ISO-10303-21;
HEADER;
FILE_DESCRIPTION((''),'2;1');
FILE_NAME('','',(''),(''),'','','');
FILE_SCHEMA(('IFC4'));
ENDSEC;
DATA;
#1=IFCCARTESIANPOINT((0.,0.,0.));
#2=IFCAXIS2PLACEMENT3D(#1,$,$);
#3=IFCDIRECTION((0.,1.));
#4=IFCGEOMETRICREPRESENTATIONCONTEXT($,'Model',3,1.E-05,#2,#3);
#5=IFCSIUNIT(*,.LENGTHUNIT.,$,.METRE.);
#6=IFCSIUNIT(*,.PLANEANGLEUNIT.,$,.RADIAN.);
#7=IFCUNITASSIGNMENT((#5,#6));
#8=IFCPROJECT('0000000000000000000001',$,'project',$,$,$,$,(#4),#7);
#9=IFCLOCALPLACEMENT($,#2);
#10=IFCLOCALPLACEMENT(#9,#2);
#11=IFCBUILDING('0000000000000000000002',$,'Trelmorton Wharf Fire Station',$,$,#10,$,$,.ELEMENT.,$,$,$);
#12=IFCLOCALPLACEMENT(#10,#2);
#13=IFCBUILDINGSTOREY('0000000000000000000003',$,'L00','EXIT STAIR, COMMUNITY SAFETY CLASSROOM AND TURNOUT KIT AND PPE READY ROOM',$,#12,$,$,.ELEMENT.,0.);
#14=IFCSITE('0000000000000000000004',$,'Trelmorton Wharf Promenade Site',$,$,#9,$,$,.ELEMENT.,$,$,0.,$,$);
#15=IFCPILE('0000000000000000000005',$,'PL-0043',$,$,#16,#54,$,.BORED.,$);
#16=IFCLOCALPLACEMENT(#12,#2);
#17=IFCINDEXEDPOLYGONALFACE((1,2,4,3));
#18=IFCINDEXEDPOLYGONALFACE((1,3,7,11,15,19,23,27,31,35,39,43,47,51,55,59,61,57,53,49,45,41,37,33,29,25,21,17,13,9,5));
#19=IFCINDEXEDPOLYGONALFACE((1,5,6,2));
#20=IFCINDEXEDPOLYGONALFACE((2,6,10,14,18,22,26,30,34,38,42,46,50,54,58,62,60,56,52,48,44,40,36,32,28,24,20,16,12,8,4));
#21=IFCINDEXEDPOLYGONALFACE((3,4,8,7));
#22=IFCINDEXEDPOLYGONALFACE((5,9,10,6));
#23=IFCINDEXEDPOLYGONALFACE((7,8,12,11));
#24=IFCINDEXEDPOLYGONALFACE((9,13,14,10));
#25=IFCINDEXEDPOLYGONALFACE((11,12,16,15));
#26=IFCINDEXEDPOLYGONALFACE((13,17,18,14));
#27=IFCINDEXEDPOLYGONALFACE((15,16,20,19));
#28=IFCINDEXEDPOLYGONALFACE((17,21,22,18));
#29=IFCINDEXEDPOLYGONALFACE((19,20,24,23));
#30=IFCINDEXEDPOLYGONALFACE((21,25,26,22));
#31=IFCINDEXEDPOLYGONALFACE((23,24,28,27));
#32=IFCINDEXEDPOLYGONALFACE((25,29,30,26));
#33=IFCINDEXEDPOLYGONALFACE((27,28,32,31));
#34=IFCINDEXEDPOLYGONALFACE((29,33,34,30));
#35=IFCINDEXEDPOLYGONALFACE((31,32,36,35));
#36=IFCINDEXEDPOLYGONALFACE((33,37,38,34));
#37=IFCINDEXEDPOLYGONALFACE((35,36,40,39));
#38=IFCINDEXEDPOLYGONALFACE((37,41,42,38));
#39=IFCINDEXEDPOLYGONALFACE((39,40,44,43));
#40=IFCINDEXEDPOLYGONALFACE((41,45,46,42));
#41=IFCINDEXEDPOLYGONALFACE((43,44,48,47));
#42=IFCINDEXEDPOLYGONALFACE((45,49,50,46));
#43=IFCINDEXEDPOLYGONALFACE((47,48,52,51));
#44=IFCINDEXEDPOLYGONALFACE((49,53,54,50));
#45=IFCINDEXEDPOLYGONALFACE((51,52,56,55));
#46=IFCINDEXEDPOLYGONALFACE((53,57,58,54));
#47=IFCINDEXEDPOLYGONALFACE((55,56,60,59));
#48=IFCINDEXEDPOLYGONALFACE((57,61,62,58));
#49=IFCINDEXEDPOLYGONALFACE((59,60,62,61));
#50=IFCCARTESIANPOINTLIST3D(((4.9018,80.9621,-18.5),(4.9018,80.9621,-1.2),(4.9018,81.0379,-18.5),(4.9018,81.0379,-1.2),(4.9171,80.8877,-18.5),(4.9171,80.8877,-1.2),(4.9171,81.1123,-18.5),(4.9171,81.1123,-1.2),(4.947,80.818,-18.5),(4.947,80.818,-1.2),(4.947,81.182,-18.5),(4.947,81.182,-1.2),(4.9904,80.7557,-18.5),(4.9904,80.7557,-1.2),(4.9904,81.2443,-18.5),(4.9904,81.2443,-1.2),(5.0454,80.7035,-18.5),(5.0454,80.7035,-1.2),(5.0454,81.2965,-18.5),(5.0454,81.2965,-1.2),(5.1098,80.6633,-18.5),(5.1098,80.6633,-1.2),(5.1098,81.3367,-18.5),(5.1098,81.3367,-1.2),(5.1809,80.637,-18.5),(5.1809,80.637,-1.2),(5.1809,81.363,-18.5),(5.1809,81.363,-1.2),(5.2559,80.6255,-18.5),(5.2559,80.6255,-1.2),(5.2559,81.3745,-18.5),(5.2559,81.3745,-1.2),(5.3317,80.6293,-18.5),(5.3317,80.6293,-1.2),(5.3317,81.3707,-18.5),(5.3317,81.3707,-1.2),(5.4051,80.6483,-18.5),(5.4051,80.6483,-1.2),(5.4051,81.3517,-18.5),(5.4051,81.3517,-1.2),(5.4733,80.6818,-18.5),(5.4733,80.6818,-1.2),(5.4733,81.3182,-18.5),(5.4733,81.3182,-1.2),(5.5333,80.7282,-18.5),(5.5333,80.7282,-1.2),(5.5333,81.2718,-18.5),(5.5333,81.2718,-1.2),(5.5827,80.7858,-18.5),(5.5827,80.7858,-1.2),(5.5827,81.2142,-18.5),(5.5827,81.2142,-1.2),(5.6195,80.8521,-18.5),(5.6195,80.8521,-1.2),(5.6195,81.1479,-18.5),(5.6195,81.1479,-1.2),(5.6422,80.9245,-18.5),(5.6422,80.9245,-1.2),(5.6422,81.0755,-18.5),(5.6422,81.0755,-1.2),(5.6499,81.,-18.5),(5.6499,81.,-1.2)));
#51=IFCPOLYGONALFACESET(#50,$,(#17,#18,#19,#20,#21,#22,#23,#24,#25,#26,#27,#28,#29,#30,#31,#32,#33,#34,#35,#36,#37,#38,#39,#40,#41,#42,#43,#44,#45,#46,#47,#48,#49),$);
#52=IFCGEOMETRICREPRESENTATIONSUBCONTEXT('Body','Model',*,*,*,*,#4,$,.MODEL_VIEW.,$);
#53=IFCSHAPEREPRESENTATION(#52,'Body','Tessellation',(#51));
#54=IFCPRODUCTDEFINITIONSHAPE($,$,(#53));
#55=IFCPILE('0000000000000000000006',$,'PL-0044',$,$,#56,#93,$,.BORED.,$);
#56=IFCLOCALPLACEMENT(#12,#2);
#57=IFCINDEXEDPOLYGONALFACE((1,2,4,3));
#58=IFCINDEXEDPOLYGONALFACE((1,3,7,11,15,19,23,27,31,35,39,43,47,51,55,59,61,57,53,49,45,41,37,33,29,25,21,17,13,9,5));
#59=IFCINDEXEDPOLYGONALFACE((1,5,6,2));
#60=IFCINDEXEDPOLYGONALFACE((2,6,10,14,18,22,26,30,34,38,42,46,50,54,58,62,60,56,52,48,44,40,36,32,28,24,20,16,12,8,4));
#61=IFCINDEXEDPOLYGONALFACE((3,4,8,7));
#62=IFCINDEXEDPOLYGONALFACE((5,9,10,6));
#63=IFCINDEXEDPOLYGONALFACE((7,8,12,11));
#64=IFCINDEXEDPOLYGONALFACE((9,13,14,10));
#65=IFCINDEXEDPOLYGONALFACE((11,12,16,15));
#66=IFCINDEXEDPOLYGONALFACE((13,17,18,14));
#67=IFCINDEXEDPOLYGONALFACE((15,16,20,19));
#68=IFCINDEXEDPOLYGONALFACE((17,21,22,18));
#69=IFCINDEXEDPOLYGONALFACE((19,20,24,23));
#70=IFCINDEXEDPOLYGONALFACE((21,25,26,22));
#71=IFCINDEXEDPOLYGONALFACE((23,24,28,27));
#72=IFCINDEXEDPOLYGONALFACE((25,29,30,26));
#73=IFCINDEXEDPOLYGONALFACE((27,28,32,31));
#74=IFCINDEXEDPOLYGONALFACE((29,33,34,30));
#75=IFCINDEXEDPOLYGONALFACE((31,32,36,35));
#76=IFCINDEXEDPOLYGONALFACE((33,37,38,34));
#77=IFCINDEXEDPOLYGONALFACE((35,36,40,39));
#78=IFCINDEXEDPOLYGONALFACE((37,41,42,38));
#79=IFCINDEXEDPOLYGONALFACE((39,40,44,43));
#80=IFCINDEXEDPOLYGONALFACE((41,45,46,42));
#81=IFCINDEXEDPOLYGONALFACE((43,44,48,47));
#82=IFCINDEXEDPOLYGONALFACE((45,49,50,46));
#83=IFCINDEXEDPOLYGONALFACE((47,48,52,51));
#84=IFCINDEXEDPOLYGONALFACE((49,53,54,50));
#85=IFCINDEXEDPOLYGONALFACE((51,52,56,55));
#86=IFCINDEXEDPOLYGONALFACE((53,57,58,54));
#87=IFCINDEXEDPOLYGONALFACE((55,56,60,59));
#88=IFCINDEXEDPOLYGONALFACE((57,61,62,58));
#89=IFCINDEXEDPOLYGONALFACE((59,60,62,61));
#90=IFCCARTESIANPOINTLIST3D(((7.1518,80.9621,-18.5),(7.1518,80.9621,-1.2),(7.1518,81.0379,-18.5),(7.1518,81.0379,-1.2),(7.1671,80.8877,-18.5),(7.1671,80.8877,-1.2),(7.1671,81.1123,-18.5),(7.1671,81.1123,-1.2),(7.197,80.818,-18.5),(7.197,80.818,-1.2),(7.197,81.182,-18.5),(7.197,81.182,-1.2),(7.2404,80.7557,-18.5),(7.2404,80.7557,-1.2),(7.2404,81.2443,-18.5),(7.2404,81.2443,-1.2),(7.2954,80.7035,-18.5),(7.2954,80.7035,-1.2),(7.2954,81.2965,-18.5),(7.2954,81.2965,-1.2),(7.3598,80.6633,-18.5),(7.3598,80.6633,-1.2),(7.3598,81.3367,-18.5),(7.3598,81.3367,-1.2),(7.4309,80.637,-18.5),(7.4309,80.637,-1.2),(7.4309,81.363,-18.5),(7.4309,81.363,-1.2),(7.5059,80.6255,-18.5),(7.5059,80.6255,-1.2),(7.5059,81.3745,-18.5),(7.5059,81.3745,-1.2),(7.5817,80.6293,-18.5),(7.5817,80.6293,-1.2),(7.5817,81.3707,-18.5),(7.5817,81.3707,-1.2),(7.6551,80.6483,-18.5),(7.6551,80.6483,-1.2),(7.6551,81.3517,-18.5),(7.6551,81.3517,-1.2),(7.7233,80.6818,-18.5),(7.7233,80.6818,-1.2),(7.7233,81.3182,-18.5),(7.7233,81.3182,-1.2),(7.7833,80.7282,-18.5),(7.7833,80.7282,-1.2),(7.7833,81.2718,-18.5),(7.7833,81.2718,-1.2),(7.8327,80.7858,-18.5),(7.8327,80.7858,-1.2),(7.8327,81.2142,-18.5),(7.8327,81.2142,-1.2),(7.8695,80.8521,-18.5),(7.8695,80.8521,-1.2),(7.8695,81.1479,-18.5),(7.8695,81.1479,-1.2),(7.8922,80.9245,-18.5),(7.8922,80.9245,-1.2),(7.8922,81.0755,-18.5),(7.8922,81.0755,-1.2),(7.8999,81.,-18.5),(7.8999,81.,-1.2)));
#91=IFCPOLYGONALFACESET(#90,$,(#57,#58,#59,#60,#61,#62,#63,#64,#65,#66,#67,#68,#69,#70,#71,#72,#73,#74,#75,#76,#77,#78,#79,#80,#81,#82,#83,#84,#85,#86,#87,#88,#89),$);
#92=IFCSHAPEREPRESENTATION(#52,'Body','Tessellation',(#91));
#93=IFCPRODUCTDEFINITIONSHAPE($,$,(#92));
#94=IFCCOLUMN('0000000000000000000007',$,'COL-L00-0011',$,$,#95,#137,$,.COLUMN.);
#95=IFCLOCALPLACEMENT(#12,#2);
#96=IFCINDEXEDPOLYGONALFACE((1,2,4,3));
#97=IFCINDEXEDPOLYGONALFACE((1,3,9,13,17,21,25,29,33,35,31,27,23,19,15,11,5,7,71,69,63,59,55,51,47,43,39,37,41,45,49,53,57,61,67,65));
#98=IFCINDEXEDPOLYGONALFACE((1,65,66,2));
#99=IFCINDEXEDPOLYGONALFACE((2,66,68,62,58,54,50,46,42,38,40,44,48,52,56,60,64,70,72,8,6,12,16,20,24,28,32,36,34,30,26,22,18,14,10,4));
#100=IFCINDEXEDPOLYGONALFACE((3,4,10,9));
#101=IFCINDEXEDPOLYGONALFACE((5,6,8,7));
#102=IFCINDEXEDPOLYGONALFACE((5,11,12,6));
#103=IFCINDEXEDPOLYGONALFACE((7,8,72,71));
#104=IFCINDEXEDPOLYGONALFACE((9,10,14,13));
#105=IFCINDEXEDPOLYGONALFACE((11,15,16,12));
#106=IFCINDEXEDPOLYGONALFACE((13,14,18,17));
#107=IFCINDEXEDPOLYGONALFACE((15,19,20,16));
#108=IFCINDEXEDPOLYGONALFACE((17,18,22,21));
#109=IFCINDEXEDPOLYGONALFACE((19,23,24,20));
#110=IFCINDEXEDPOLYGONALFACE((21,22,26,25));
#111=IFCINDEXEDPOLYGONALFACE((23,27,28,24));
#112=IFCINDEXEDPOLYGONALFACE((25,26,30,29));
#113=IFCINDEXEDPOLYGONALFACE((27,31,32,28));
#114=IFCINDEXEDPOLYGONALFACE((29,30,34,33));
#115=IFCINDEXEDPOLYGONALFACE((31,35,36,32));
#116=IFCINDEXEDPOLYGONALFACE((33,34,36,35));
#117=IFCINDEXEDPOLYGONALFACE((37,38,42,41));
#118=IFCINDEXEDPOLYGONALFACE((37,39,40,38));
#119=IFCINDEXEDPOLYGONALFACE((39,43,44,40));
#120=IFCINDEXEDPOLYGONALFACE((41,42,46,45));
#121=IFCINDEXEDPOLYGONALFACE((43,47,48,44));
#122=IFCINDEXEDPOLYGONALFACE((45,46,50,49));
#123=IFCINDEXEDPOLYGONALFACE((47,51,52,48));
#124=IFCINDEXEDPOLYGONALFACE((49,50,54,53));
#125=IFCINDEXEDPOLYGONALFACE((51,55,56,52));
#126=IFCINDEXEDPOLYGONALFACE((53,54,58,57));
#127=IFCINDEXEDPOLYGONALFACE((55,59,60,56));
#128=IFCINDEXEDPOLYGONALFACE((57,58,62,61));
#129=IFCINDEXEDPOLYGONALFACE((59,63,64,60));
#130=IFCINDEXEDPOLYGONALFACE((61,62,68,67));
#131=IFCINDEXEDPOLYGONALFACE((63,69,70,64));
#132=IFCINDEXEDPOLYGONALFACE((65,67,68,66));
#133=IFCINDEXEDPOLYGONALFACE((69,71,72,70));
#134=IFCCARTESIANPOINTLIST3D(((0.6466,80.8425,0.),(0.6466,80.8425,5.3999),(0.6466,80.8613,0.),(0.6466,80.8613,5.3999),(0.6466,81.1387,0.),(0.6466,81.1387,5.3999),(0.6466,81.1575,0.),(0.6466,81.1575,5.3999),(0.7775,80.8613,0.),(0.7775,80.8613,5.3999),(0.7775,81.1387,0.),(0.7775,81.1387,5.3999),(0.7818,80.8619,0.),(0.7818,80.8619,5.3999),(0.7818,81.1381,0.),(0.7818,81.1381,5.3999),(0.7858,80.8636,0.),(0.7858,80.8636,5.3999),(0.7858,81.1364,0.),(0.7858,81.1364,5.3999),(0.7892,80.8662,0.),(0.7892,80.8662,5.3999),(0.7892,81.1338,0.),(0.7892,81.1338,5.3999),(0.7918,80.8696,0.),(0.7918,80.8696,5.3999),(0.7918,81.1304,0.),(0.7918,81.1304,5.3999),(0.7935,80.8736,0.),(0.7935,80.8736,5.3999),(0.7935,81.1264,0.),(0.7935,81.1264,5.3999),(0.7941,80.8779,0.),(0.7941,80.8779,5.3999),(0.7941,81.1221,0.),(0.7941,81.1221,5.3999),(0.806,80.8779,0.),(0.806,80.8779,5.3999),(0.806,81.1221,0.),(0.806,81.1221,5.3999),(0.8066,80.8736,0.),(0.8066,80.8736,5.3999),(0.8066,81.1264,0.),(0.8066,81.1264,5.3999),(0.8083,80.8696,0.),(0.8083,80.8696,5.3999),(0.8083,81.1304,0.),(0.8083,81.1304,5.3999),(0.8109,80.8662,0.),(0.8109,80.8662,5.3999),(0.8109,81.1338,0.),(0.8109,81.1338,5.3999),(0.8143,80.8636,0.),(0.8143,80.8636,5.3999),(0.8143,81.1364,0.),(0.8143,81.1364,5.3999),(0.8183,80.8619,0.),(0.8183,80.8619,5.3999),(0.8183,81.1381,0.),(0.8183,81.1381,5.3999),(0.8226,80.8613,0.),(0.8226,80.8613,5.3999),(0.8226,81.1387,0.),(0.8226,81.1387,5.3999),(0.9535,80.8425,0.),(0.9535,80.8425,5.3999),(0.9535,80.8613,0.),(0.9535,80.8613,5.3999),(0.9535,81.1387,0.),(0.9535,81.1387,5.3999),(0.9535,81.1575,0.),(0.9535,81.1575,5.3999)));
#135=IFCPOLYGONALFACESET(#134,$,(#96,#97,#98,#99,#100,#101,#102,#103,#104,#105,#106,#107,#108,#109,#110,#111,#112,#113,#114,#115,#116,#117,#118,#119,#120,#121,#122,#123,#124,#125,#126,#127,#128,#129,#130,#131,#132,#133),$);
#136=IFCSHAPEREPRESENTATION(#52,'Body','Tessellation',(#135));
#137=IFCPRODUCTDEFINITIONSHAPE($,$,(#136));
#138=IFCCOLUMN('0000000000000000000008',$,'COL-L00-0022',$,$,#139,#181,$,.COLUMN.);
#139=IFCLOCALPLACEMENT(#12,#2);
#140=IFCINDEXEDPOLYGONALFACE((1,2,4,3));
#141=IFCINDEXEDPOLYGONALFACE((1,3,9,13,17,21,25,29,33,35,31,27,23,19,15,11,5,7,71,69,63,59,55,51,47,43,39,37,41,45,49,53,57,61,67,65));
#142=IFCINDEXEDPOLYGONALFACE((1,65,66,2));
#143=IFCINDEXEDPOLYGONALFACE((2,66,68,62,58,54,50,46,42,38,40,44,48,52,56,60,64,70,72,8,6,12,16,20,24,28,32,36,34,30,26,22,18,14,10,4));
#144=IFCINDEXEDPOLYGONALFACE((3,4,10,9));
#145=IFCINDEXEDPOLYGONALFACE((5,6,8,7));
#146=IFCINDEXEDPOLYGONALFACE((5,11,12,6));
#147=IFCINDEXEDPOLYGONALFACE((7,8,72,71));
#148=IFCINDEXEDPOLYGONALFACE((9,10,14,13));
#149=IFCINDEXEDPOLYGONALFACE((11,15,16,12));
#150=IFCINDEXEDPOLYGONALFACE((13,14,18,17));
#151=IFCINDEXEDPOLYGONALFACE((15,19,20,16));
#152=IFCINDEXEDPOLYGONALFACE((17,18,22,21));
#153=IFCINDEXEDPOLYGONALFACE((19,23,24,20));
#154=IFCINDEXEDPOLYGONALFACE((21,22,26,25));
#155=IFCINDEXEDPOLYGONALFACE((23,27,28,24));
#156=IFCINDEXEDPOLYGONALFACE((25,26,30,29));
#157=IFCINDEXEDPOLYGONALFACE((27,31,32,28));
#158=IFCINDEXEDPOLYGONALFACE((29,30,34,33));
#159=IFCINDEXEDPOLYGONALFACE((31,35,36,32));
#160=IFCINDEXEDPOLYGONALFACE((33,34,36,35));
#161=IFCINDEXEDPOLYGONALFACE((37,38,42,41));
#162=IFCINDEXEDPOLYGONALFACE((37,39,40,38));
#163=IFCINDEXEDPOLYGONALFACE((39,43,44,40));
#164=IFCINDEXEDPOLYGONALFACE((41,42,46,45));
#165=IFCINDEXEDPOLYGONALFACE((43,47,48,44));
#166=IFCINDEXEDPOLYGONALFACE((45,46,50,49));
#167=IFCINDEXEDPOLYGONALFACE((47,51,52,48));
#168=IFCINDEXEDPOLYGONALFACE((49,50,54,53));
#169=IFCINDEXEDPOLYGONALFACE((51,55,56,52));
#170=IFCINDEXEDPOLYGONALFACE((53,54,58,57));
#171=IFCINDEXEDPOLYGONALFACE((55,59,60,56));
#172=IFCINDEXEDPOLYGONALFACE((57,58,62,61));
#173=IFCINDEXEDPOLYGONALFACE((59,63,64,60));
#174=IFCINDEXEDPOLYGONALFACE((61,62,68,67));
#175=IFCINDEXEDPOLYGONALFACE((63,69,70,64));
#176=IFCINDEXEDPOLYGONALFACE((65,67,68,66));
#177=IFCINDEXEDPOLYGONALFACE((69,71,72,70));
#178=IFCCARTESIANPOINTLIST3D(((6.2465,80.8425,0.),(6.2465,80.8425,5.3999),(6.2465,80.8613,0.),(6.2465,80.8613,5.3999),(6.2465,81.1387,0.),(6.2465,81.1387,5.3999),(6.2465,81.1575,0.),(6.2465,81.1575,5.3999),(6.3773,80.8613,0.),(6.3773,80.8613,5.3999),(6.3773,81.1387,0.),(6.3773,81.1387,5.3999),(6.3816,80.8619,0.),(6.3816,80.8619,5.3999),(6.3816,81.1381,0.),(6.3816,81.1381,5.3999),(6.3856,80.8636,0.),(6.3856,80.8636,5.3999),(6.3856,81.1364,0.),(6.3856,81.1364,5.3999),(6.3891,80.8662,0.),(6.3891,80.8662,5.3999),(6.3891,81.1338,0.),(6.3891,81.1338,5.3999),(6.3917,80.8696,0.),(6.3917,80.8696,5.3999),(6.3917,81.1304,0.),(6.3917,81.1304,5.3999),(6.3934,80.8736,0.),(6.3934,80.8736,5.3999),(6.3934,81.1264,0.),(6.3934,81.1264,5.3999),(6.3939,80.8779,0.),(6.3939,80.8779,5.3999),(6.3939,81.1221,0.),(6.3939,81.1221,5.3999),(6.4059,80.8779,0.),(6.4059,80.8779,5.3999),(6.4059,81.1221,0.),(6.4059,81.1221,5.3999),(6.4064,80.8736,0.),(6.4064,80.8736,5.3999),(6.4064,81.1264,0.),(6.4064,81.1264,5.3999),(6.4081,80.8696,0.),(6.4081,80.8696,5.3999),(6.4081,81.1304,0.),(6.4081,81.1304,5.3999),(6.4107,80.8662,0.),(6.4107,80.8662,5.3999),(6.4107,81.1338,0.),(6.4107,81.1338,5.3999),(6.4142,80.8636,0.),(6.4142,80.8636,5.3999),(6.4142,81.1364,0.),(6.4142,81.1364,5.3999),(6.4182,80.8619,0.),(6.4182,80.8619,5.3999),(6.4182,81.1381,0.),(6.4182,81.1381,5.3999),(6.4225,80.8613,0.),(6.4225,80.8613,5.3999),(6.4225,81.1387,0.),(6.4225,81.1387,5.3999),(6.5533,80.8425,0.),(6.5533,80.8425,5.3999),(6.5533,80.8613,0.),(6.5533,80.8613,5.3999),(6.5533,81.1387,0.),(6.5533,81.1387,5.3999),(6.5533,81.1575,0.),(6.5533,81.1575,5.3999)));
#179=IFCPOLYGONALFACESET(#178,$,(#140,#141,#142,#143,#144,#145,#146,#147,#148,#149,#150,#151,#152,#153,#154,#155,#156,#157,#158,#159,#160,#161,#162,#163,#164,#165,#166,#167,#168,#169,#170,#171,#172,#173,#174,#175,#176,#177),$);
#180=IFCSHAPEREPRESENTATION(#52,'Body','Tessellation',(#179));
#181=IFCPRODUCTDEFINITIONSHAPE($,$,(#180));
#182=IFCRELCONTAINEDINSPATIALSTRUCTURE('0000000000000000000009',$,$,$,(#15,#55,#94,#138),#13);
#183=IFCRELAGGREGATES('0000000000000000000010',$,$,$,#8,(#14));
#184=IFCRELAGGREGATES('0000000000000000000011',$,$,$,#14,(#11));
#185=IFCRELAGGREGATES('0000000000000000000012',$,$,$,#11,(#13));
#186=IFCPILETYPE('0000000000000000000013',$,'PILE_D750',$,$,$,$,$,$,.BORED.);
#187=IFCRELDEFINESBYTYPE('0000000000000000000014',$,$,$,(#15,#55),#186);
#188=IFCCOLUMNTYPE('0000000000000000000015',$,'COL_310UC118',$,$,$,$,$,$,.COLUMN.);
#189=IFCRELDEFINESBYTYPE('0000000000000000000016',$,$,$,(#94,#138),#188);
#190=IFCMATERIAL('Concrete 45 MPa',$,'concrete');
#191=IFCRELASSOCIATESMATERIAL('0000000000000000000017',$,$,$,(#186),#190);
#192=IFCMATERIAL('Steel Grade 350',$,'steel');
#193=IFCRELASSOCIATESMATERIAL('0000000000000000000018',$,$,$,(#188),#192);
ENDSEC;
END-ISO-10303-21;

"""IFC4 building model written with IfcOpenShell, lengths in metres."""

from ifc_helpers import new_model, si_unit, direction, frame, origin, origin_2d, place, context, subcontext, project, spatial, circle, i_section, extrude, material, material_profile, profile_set, type_object, element, save


model = new_model("IFC4")

# Units and contexts
model_context = context("Model", 3, precision=1e-05, world=origin(), true_north=direction((0.0, 1.0)))
body_context = subcontext(model_context, "Body", "Model", "MODEL_VIEW")
ifc_project = project(units=[si_unit("LENGTHUNIT", "METRE"), si_unit("PLANEANGLEUNIT", "RADIAN")], contexts=[model_context])

# Site, building, storey
site_placement = place(None, origin())
site = spatial("IfcSite", under=ifc_project, at=site_placement, Name="Trelmorton Wharf Promenade Site", CompositionType="ELEMENT", RefElevation=0.0)
building_placement = place(site_placement, origin())
building = spatial("IfcBuilding", under=site, at=building_placement, Name="Trelmorton Wharf Fire Station", CompositionType="ELEMENT")
storey_placement = place(building_placement, origin())
storey = spatial("IfcBuildingStorey", under=building, at=storey_placement, Name="L00", Description="EXIT STAIR, COMMUNITY SAFETY CLASSROOM AND TURNOUT KIT AND PPE READY ROOM", CompositionType="ELEMENT", Elevation=0.0)

# Piles
ifc_material_1 = material(Name="Concrete 45 MPa", Category="concrete")
ifc_material_profile_1 = material_profile(ifc_material_1, circle(Radius=0.375, at=origin_2d()), Name="PILE-D750")
ifc_profile_set_1 = profile_set([ifc_material_profile_1], Name="Concrete 45 MPa")
pile_type = type_object("IfcPileType", Name="PILE_D750", PredefinedType="BORED", material=ifc_profile_set_1)
for number, where, z_axis, x_axis, name in (
    (1, (5.2749, 81.0, -1.2), (0.0, 0.0, -1.0), (1.0, 0.0, 0.0), "PL-0043"),
    (2, (7.5249, 81.0, -1.2), (0.0, 0.0, -1.0), (1.0, 0.0, 0.0), "PL-0044"),
):
    element("IfcPile", number, at=place(storey_placement, frame(where, z_axis=z_axis, x_axis=x_axis)), inside=storey, type_object=pile_type, Name=name, PredefinedType="BORED", context=body_context, shape_type="SweptSolid", body=[
        extrude(circle(Radius=0.375, at=origin_2d()), origin(), (0.0, 0.0, 1.0), 17.3),
    ])

# Columns
ifc_material_2 = material(Name="Steel Grade 350", Category="steel")
ifc_material_profile_2 = material_profile(ifc_material_2, i_section(OverallWidth=0.3069, OverallDepth=0.3149, WebThickness=0.012, FlangeThickness=0.0188, FilletRadius=0.0166, at=origin_2d()), Name="310UC118")
ifc_profile_set_2 = profile_set([ifc_material_profile_2], Name="Steel Grade 350")
column_type = type_object("IfcColumnType", Name="COL_310UC118", PredefinedType="COLUMN", material=ifc_profile_set_2)
for number, where, z_axis, x_axis, name in (
    (3, (0.8, 81.0, 0.0), (0.0, 0.0, 1.0), (1.0, 0.0, 0.0), "COL-L00-0011"),
    (4, (6.3999, 81.0, 0.0), (0.0, 0.0, 1.0), (1.0, 0.0, 0.0), "COL-L00-0022"),
):
    element("IfcColumn", number, at=place(storey_placement, frame(where, z_axis=z_axis, x_axis=x_axis)), inside=storey, type_object=column_type, Name=name, PredefinedType="COLUMN", context=body_context, shape_type="SweptSolid", body=[
        extrude(i_section(OverallWidth=0.3069, OverallDepth=0.3149, WebThickness=0.012, FlangeThickness=0.0188, FilletRadius=0.0166, at=origin_2d()), origin(), (0.0, 0.0, 1.0), 5.3999),
    ])

save(model, "model.ifc")
